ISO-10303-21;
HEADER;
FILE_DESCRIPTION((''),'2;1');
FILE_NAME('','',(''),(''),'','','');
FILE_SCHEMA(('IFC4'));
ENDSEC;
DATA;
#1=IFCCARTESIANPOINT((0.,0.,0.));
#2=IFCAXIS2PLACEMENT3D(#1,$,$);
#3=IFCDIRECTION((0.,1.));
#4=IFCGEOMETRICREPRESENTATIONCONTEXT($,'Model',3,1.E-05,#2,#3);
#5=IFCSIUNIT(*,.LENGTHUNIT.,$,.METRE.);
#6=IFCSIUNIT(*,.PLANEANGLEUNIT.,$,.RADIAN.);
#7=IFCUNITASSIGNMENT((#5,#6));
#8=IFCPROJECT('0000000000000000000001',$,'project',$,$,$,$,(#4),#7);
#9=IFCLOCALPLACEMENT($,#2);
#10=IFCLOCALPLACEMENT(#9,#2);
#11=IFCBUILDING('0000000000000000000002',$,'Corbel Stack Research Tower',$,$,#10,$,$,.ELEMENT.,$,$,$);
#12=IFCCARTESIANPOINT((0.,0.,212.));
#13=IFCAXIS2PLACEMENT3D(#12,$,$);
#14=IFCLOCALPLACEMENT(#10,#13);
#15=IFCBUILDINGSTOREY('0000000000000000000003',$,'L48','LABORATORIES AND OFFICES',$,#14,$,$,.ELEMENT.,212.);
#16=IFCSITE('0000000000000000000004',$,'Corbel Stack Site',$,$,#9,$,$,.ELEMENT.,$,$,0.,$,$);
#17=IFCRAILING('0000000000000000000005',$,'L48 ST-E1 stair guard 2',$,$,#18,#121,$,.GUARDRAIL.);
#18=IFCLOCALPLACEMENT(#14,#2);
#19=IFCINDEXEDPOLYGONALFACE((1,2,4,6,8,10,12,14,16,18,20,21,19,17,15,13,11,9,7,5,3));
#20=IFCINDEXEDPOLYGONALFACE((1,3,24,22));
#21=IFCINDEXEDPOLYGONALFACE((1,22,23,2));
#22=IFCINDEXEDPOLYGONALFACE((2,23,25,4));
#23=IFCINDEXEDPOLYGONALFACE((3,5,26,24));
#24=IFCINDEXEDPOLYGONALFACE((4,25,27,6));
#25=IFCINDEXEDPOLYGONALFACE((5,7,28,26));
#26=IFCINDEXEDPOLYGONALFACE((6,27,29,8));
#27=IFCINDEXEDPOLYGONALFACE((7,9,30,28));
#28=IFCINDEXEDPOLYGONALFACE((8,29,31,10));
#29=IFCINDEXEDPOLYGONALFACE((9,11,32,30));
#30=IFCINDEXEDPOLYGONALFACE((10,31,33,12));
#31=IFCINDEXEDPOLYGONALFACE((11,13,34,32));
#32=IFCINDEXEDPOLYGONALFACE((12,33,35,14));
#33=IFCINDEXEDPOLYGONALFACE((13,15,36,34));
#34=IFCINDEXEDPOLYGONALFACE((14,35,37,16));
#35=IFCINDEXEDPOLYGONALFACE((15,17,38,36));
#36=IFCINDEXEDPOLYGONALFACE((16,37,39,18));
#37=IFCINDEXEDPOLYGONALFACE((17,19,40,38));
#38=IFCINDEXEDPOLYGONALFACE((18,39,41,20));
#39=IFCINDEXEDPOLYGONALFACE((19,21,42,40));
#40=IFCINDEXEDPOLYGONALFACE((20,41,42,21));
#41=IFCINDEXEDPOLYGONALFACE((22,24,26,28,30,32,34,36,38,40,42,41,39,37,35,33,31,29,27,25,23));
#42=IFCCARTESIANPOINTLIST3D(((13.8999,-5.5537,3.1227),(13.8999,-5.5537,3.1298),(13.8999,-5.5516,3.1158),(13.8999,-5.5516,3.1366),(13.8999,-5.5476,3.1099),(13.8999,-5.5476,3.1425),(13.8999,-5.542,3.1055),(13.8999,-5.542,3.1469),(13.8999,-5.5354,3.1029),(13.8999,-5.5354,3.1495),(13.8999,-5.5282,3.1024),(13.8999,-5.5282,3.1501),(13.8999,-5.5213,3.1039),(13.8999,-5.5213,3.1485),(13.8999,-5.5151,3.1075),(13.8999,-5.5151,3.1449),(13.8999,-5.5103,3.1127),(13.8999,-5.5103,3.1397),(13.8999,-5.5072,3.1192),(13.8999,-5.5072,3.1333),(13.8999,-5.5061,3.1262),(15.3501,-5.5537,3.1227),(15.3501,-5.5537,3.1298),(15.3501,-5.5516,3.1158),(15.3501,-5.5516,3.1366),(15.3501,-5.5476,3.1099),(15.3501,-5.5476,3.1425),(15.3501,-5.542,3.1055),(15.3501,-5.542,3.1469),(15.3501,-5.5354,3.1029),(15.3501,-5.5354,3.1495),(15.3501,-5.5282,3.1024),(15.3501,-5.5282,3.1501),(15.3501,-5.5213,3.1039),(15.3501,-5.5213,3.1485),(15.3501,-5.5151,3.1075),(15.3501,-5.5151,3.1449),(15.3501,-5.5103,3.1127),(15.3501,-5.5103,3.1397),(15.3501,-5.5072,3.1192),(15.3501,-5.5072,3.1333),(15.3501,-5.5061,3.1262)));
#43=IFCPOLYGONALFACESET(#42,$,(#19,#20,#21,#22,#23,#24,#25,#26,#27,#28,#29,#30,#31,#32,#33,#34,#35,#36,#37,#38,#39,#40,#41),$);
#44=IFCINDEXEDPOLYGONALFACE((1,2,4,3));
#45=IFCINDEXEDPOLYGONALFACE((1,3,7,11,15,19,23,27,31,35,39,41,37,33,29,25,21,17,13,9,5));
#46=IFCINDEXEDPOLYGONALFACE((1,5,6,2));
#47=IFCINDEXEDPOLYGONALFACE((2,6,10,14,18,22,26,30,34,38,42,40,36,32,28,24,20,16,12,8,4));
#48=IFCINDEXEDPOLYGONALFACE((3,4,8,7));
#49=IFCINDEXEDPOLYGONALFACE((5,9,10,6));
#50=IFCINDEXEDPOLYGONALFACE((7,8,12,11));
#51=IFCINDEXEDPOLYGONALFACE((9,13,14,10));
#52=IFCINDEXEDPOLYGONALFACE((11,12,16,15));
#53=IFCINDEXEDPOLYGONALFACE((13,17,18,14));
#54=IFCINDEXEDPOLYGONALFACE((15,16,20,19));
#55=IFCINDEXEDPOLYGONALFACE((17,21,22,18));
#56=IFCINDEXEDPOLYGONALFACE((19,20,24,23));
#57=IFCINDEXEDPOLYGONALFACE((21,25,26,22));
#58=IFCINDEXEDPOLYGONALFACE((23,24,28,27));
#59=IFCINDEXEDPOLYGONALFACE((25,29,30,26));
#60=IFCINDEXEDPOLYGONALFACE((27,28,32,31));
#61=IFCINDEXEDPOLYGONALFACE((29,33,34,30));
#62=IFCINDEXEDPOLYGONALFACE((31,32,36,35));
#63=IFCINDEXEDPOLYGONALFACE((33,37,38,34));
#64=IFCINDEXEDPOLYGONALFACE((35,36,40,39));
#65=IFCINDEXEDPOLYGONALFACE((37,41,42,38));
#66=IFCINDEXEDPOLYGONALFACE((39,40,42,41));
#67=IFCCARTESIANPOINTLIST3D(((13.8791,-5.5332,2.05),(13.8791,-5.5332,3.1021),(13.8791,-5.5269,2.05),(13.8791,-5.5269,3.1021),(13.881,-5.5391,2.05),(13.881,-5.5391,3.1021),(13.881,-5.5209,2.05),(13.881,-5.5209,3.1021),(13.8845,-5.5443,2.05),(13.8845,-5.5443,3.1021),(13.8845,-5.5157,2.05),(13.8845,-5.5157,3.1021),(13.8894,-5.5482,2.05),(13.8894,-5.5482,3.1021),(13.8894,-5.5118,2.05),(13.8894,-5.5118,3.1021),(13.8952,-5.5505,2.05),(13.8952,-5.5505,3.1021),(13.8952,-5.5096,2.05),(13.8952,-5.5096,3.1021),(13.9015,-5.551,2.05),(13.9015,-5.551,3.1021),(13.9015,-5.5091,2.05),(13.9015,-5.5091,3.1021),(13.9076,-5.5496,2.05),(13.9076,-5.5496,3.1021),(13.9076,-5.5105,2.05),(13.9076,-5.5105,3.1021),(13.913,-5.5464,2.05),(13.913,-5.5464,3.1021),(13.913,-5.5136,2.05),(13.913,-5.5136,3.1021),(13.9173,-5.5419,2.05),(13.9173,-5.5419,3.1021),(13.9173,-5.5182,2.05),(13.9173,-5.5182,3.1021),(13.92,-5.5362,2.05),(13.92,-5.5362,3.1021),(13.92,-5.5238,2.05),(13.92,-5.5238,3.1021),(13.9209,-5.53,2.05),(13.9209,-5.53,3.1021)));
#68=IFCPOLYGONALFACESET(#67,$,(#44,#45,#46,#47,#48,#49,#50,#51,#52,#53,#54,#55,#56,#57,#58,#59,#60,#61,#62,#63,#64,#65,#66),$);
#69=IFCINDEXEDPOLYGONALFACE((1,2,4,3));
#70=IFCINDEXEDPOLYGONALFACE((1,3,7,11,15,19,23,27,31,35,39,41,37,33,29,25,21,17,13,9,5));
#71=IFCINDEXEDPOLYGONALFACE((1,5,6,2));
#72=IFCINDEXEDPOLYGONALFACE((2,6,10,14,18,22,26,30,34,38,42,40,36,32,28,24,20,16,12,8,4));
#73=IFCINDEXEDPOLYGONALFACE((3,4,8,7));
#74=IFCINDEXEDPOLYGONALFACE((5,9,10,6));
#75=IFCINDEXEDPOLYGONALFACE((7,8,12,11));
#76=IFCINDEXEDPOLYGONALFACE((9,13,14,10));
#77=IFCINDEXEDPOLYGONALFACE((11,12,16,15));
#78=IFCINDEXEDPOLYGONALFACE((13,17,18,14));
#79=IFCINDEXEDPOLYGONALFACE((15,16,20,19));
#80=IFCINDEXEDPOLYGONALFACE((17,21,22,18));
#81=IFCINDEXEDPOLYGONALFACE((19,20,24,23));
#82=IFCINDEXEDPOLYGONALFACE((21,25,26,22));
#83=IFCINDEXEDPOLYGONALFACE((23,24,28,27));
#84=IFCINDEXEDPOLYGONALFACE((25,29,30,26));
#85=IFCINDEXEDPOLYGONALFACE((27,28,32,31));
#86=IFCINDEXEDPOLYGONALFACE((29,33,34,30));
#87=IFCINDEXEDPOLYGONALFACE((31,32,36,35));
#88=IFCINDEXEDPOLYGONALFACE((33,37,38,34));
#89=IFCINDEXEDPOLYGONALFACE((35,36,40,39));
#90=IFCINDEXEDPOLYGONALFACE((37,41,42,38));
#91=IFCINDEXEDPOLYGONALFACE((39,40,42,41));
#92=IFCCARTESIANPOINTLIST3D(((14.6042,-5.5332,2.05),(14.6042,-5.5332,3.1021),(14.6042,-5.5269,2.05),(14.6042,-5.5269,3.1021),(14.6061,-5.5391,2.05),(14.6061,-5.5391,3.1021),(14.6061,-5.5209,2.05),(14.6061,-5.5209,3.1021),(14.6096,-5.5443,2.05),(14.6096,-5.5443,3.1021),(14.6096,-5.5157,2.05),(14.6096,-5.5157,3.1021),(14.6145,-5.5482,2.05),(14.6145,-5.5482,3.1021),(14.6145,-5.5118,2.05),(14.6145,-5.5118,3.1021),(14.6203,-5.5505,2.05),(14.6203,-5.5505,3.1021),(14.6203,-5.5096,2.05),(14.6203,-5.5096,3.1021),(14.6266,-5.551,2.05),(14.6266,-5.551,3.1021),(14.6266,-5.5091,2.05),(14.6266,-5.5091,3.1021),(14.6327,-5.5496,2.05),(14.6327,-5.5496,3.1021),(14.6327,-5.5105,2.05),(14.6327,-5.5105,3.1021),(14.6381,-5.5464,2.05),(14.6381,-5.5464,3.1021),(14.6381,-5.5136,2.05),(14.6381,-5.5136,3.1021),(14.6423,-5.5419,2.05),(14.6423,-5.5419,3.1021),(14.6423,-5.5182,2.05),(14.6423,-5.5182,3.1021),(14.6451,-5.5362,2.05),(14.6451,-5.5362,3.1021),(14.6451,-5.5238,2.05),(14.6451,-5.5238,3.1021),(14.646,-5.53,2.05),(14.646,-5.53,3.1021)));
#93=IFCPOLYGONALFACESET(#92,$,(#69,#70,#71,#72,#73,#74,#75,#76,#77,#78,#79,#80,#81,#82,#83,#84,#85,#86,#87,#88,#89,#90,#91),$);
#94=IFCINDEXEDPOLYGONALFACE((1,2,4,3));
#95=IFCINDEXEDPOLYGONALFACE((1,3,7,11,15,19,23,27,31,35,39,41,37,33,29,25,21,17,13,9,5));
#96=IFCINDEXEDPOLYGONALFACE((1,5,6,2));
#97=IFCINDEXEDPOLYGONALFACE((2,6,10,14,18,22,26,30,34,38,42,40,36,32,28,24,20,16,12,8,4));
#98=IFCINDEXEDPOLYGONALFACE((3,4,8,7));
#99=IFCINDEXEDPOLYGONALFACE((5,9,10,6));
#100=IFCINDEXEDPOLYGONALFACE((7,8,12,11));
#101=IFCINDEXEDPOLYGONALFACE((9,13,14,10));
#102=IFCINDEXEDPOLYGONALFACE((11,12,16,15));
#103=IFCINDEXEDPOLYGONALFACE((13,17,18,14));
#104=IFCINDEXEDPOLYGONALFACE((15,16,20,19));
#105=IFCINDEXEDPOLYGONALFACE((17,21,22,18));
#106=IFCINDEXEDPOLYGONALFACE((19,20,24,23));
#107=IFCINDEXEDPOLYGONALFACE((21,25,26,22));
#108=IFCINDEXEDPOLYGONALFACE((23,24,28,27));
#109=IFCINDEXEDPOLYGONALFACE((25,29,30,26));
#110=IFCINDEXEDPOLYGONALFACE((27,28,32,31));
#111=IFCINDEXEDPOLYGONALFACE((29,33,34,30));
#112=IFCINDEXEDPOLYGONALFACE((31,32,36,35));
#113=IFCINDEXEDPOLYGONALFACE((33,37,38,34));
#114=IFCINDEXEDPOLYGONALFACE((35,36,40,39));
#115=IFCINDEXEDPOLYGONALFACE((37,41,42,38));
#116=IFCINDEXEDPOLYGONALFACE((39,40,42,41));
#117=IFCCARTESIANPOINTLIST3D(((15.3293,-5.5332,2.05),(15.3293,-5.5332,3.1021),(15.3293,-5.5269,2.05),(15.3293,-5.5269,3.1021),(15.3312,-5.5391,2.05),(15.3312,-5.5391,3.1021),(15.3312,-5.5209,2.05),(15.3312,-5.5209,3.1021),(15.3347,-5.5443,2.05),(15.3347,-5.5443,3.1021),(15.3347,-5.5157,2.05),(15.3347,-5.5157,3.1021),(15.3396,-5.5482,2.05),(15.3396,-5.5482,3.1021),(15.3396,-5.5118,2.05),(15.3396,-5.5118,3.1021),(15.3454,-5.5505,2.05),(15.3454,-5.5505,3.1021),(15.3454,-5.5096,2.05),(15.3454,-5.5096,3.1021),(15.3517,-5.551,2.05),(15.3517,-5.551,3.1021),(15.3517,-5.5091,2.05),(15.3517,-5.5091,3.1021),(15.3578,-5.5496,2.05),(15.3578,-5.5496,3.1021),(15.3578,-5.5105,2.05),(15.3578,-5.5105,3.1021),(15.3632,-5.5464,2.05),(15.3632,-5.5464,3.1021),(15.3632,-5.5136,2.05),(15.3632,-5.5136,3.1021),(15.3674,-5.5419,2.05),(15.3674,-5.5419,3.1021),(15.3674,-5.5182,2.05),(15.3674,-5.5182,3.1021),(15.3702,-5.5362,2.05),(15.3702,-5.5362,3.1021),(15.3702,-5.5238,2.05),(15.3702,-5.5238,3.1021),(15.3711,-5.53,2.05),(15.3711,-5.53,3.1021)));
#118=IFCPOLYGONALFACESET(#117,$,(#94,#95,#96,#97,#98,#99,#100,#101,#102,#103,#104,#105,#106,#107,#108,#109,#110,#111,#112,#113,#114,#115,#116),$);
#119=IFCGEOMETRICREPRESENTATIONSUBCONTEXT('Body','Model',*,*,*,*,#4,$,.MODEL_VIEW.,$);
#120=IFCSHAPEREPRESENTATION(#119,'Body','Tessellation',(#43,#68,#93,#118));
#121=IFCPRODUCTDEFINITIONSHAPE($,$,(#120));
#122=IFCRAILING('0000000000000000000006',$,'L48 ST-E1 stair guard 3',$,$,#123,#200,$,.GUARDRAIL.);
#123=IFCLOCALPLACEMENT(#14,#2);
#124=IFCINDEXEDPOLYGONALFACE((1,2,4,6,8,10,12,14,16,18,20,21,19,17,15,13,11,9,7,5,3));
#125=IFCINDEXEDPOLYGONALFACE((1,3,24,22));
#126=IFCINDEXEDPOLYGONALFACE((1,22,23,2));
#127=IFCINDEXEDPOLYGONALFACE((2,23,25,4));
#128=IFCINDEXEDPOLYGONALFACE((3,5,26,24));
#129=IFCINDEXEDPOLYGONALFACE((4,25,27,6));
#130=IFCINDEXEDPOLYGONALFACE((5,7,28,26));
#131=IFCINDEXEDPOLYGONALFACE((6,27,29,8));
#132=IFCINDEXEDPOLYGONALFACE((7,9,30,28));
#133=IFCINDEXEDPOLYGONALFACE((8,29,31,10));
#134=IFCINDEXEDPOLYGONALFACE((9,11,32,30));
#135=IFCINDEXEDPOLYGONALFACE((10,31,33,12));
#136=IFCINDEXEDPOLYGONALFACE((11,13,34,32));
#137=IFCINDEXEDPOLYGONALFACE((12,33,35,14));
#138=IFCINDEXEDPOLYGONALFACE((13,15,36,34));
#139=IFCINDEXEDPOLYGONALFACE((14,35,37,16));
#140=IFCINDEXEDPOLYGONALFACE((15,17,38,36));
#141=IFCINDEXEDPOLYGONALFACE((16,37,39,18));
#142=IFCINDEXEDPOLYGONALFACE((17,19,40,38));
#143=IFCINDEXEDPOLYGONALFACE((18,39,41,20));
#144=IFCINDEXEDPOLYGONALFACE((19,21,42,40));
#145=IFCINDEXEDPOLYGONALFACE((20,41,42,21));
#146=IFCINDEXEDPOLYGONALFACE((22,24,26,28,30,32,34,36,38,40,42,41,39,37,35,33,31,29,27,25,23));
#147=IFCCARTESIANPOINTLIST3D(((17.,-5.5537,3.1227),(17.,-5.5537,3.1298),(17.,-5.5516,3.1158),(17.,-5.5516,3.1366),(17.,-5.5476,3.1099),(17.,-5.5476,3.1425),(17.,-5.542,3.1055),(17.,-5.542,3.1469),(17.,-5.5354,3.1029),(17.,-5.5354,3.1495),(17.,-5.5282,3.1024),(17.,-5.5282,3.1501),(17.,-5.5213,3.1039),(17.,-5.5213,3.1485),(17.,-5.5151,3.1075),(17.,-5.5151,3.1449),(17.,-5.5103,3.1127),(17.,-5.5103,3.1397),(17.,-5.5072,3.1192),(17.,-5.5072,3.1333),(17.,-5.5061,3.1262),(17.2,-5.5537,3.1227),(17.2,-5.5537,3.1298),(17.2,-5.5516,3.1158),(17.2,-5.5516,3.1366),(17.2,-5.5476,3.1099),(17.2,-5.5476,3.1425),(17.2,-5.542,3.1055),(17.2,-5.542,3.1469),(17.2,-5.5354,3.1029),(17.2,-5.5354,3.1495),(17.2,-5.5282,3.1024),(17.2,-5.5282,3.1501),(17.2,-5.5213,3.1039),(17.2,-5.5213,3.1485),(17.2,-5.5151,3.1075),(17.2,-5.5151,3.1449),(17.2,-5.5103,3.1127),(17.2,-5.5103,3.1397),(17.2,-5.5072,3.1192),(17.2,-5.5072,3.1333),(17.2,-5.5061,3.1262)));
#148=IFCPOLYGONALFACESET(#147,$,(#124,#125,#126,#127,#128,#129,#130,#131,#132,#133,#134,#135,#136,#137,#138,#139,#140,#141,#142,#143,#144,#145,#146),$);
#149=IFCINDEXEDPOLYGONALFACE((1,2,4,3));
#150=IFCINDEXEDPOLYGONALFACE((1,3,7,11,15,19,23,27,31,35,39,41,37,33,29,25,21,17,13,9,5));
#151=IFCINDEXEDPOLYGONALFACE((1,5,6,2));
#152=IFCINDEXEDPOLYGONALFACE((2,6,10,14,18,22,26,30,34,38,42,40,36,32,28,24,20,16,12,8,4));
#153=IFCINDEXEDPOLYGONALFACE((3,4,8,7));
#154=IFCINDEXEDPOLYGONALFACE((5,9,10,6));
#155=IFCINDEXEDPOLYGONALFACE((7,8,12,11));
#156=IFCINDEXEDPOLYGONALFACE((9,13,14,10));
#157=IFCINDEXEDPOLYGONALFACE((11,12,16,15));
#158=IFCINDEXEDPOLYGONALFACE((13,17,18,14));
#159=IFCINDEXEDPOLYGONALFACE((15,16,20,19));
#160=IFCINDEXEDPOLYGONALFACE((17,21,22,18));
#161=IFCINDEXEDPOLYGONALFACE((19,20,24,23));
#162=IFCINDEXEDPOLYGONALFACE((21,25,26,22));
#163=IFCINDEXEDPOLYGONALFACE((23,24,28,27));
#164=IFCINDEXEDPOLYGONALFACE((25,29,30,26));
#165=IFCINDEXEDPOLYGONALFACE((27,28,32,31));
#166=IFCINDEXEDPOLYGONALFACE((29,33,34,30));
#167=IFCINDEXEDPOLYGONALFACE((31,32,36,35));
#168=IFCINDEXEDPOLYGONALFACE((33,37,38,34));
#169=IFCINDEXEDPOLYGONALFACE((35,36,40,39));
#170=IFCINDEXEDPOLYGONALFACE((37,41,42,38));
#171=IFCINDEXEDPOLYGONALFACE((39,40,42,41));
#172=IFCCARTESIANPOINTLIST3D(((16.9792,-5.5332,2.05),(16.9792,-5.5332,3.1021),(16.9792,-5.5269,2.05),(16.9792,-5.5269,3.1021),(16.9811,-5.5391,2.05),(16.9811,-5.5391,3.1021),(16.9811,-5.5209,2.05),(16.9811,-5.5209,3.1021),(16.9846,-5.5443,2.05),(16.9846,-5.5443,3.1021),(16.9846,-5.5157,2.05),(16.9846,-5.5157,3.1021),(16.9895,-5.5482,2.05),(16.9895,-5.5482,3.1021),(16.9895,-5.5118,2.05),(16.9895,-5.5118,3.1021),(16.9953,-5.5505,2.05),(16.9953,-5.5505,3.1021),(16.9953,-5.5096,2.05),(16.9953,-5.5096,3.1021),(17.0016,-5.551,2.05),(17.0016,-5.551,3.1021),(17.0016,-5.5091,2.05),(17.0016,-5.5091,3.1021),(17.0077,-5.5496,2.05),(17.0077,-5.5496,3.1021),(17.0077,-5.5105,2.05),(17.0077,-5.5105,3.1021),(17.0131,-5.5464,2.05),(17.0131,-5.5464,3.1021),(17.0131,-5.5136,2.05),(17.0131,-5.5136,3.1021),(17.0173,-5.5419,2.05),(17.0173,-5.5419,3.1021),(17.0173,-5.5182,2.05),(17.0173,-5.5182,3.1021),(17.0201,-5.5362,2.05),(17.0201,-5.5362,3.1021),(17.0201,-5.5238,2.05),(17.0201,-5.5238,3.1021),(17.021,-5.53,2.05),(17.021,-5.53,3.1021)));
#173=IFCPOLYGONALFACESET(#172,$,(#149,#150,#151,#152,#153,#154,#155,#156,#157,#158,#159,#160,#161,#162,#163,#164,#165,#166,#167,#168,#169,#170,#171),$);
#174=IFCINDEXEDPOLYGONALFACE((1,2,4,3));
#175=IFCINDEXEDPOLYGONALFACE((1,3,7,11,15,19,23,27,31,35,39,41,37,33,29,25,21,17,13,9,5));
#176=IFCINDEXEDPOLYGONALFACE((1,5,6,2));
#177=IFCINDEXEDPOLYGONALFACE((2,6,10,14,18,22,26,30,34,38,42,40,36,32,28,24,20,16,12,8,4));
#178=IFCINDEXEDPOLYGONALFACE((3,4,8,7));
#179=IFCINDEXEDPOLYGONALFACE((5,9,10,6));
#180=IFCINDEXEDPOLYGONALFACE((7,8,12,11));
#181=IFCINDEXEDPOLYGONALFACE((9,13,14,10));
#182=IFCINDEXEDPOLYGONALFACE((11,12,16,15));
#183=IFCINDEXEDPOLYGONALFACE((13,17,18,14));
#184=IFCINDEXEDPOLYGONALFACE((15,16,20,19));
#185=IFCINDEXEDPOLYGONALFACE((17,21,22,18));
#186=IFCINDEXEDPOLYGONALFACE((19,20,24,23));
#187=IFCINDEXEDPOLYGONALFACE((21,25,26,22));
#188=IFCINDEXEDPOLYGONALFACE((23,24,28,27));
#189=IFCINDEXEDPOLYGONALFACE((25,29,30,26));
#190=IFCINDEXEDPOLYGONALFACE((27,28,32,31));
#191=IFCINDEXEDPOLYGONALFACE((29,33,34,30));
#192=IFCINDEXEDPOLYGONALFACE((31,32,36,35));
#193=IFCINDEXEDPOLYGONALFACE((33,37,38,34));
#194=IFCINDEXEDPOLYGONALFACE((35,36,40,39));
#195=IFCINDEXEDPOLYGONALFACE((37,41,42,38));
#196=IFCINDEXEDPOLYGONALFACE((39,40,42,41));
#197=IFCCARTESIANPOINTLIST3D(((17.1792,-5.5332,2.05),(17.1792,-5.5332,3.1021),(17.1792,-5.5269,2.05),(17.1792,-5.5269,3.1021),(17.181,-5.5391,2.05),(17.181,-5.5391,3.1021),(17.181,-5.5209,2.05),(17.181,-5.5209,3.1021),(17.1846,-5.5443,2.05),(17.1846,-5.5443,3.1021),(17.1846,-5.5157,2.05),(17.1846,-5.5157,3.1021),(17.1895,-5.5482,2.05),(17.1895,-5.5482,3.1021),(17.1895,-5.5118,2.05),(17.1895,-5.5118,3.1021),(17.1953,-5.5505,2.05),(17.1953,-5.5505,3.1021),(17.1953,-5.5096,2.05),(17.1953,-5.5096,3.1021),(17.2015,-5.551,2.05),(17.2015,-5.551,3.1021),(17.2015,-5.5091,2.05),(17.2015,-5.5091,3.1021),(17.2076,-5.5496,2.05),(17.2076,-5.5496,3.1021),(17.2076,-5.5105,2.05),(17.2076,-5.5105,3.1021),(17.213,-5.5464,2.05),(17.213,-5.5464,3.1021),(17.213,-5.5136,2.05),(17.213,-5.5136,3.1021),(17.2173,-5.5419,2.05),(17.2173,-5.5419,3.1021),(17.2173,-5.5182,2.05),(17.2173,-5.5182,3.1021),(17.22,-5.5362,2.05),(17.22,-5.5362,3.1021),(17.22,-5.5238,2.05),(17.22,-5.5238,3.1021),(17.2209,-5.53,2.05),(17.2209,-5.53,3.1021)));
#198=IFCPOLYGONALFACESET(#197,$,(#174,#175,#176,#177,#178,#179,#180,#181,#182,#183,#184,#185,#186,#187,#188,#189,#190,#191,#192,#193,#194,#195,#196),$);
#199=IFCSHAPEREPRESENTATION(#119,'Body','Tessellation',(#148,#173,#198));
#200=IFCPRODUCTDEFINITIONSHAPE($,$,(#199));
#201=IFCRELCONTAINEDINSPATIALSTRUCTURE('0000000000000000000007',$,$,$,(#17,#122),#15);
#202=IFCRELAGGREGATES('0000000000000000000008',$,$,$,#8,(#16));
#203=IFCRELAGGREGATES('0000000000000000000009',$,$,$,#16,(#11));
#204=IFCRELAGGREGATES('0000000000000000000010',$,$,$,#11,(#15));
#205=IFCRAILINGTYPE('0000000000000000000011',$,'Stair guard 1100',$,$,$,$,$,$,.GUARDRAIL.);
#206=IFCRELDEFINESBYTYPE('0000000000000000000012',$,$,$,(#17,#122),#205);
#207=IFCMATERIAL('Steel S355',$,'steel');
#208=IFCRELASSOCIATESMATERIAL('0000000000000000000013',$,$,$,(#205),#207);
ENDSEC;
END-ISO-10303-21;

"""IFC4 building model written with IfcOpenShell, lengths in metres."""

from ifc_helpers import new_model, si_unit, direction, frame, origin, origin_2d, place, context, subcontext, project, spatial, circle, extrude, material, type_object, element, save


model = new_model("IFC4")

# Units and contexts
model_context = context("Model", 3, precision=1e-05, world=origin(), true_north=direction((0.0, 1.0)))
body_context = subcontext(model_context, "Body", "Model", "MODEL_VIEW")
ifc_project = project(units=[si_unit("LENGTHUNIT", "METRE"), si_unit("PLANEANGLEUNIT", "RADIAN")], contexts=[model_context])

# Site, building, storey
site_placement = place(None, origin())
site = spatial("IfcSite", under=ifc_project, at=site_placement, Name="Corbel Stack Site", CompositionType="ELEMENT", RefElevation=0.0)
building_placement = place(site_placement, origin())
building = spatial("IfcBuilding", under=site, at=building_placement, Name="Corbel Stack Research Tower", CompositionType="ELEMENT")
storey_placement = place(building_placement, frame((0.0, 0.0, 212.0)))
storey = spatial("IfcBuildingStorey", under=building, at=storey_placement, Name="L48", Description="LABORATORIES AND OFFICES", CompositionType="ELEMENT", Elevation=212.0)

# Railings
ifc_material_1 = material(Name="Steel S355", Category="steel")
railing_type_1 = type_object("IfcRailingType", Name="Stair guard 1100", PredefinedType="GUARDRAIL", material=ifc_material_1)
railing_1_placement = place(storey_placement, frame((13.8999, -5.53, 2.05)))
element("IfcRailing", 1, at=railing_1_placement, inside=storey, type_object=railing_type_1, Name="L48 ST-E1 stair guard 2", PredefinedType="GUARDRAIL", context=body_context, shape_type="SweptSolid", body=[
    extrude(circle(Radius=0.0239, at=origin_2d()), frame((0.0, 0.0, 1.0762), z_axis=(1.0, 0.0, 0.0), x_axis=(0.0, 1.0, 0.0)), (0.0, 0.0, 1.0), 1.4502),
    extrude(circle(Radius=0.021, at=origin_2d()), origin(), (0.0, 0.0, 1.0), 1.052),
    extrude(circle(Radius=0.021, at=origin_2d()), frame((0.7251, 0.0, 0.0)), (0.0, 0.0, 1.0), 1.052),
    extrude(circle(Radius=0.021, at=origin_2d()), frame((1.4502, 0.0, 0.0)), (0.0, 0.0, 1.0), 1.052),
])
railing_2_placement = place(storey_placement, frame((17.0, -5.53, 2.05)))
element("IfcRailing", 2, at=railing_2_placement, inside=storey, type_object=railing_type_1, Name="L48 ST-E1 stair guard 3", PredefinedType="GUARDRAIL", context=body_context, shape_type="SweptSolid", body=[
    extrude(circle(Radius=0.0239, at=origin_2d()), frame((0.0, 0.0, 1.0762), z_axis=(1.0, 0.0, 0.0), x_axis=(0.0, 1.0, 0.0)), (0.0, 0.0, 1.0), 0.2),
    extrude(circle(Radius=0.021, at=origin_2d()), origin(), (0.0, 0.0, 1.0), 1.052),
    extrude(circle(Radius=0.021, at=origin_2d()), frame((0.2, 0.0, 0.0)), (0.0, 0.0, 1.0), 1.052),
])

save(model, "model.ifc")
